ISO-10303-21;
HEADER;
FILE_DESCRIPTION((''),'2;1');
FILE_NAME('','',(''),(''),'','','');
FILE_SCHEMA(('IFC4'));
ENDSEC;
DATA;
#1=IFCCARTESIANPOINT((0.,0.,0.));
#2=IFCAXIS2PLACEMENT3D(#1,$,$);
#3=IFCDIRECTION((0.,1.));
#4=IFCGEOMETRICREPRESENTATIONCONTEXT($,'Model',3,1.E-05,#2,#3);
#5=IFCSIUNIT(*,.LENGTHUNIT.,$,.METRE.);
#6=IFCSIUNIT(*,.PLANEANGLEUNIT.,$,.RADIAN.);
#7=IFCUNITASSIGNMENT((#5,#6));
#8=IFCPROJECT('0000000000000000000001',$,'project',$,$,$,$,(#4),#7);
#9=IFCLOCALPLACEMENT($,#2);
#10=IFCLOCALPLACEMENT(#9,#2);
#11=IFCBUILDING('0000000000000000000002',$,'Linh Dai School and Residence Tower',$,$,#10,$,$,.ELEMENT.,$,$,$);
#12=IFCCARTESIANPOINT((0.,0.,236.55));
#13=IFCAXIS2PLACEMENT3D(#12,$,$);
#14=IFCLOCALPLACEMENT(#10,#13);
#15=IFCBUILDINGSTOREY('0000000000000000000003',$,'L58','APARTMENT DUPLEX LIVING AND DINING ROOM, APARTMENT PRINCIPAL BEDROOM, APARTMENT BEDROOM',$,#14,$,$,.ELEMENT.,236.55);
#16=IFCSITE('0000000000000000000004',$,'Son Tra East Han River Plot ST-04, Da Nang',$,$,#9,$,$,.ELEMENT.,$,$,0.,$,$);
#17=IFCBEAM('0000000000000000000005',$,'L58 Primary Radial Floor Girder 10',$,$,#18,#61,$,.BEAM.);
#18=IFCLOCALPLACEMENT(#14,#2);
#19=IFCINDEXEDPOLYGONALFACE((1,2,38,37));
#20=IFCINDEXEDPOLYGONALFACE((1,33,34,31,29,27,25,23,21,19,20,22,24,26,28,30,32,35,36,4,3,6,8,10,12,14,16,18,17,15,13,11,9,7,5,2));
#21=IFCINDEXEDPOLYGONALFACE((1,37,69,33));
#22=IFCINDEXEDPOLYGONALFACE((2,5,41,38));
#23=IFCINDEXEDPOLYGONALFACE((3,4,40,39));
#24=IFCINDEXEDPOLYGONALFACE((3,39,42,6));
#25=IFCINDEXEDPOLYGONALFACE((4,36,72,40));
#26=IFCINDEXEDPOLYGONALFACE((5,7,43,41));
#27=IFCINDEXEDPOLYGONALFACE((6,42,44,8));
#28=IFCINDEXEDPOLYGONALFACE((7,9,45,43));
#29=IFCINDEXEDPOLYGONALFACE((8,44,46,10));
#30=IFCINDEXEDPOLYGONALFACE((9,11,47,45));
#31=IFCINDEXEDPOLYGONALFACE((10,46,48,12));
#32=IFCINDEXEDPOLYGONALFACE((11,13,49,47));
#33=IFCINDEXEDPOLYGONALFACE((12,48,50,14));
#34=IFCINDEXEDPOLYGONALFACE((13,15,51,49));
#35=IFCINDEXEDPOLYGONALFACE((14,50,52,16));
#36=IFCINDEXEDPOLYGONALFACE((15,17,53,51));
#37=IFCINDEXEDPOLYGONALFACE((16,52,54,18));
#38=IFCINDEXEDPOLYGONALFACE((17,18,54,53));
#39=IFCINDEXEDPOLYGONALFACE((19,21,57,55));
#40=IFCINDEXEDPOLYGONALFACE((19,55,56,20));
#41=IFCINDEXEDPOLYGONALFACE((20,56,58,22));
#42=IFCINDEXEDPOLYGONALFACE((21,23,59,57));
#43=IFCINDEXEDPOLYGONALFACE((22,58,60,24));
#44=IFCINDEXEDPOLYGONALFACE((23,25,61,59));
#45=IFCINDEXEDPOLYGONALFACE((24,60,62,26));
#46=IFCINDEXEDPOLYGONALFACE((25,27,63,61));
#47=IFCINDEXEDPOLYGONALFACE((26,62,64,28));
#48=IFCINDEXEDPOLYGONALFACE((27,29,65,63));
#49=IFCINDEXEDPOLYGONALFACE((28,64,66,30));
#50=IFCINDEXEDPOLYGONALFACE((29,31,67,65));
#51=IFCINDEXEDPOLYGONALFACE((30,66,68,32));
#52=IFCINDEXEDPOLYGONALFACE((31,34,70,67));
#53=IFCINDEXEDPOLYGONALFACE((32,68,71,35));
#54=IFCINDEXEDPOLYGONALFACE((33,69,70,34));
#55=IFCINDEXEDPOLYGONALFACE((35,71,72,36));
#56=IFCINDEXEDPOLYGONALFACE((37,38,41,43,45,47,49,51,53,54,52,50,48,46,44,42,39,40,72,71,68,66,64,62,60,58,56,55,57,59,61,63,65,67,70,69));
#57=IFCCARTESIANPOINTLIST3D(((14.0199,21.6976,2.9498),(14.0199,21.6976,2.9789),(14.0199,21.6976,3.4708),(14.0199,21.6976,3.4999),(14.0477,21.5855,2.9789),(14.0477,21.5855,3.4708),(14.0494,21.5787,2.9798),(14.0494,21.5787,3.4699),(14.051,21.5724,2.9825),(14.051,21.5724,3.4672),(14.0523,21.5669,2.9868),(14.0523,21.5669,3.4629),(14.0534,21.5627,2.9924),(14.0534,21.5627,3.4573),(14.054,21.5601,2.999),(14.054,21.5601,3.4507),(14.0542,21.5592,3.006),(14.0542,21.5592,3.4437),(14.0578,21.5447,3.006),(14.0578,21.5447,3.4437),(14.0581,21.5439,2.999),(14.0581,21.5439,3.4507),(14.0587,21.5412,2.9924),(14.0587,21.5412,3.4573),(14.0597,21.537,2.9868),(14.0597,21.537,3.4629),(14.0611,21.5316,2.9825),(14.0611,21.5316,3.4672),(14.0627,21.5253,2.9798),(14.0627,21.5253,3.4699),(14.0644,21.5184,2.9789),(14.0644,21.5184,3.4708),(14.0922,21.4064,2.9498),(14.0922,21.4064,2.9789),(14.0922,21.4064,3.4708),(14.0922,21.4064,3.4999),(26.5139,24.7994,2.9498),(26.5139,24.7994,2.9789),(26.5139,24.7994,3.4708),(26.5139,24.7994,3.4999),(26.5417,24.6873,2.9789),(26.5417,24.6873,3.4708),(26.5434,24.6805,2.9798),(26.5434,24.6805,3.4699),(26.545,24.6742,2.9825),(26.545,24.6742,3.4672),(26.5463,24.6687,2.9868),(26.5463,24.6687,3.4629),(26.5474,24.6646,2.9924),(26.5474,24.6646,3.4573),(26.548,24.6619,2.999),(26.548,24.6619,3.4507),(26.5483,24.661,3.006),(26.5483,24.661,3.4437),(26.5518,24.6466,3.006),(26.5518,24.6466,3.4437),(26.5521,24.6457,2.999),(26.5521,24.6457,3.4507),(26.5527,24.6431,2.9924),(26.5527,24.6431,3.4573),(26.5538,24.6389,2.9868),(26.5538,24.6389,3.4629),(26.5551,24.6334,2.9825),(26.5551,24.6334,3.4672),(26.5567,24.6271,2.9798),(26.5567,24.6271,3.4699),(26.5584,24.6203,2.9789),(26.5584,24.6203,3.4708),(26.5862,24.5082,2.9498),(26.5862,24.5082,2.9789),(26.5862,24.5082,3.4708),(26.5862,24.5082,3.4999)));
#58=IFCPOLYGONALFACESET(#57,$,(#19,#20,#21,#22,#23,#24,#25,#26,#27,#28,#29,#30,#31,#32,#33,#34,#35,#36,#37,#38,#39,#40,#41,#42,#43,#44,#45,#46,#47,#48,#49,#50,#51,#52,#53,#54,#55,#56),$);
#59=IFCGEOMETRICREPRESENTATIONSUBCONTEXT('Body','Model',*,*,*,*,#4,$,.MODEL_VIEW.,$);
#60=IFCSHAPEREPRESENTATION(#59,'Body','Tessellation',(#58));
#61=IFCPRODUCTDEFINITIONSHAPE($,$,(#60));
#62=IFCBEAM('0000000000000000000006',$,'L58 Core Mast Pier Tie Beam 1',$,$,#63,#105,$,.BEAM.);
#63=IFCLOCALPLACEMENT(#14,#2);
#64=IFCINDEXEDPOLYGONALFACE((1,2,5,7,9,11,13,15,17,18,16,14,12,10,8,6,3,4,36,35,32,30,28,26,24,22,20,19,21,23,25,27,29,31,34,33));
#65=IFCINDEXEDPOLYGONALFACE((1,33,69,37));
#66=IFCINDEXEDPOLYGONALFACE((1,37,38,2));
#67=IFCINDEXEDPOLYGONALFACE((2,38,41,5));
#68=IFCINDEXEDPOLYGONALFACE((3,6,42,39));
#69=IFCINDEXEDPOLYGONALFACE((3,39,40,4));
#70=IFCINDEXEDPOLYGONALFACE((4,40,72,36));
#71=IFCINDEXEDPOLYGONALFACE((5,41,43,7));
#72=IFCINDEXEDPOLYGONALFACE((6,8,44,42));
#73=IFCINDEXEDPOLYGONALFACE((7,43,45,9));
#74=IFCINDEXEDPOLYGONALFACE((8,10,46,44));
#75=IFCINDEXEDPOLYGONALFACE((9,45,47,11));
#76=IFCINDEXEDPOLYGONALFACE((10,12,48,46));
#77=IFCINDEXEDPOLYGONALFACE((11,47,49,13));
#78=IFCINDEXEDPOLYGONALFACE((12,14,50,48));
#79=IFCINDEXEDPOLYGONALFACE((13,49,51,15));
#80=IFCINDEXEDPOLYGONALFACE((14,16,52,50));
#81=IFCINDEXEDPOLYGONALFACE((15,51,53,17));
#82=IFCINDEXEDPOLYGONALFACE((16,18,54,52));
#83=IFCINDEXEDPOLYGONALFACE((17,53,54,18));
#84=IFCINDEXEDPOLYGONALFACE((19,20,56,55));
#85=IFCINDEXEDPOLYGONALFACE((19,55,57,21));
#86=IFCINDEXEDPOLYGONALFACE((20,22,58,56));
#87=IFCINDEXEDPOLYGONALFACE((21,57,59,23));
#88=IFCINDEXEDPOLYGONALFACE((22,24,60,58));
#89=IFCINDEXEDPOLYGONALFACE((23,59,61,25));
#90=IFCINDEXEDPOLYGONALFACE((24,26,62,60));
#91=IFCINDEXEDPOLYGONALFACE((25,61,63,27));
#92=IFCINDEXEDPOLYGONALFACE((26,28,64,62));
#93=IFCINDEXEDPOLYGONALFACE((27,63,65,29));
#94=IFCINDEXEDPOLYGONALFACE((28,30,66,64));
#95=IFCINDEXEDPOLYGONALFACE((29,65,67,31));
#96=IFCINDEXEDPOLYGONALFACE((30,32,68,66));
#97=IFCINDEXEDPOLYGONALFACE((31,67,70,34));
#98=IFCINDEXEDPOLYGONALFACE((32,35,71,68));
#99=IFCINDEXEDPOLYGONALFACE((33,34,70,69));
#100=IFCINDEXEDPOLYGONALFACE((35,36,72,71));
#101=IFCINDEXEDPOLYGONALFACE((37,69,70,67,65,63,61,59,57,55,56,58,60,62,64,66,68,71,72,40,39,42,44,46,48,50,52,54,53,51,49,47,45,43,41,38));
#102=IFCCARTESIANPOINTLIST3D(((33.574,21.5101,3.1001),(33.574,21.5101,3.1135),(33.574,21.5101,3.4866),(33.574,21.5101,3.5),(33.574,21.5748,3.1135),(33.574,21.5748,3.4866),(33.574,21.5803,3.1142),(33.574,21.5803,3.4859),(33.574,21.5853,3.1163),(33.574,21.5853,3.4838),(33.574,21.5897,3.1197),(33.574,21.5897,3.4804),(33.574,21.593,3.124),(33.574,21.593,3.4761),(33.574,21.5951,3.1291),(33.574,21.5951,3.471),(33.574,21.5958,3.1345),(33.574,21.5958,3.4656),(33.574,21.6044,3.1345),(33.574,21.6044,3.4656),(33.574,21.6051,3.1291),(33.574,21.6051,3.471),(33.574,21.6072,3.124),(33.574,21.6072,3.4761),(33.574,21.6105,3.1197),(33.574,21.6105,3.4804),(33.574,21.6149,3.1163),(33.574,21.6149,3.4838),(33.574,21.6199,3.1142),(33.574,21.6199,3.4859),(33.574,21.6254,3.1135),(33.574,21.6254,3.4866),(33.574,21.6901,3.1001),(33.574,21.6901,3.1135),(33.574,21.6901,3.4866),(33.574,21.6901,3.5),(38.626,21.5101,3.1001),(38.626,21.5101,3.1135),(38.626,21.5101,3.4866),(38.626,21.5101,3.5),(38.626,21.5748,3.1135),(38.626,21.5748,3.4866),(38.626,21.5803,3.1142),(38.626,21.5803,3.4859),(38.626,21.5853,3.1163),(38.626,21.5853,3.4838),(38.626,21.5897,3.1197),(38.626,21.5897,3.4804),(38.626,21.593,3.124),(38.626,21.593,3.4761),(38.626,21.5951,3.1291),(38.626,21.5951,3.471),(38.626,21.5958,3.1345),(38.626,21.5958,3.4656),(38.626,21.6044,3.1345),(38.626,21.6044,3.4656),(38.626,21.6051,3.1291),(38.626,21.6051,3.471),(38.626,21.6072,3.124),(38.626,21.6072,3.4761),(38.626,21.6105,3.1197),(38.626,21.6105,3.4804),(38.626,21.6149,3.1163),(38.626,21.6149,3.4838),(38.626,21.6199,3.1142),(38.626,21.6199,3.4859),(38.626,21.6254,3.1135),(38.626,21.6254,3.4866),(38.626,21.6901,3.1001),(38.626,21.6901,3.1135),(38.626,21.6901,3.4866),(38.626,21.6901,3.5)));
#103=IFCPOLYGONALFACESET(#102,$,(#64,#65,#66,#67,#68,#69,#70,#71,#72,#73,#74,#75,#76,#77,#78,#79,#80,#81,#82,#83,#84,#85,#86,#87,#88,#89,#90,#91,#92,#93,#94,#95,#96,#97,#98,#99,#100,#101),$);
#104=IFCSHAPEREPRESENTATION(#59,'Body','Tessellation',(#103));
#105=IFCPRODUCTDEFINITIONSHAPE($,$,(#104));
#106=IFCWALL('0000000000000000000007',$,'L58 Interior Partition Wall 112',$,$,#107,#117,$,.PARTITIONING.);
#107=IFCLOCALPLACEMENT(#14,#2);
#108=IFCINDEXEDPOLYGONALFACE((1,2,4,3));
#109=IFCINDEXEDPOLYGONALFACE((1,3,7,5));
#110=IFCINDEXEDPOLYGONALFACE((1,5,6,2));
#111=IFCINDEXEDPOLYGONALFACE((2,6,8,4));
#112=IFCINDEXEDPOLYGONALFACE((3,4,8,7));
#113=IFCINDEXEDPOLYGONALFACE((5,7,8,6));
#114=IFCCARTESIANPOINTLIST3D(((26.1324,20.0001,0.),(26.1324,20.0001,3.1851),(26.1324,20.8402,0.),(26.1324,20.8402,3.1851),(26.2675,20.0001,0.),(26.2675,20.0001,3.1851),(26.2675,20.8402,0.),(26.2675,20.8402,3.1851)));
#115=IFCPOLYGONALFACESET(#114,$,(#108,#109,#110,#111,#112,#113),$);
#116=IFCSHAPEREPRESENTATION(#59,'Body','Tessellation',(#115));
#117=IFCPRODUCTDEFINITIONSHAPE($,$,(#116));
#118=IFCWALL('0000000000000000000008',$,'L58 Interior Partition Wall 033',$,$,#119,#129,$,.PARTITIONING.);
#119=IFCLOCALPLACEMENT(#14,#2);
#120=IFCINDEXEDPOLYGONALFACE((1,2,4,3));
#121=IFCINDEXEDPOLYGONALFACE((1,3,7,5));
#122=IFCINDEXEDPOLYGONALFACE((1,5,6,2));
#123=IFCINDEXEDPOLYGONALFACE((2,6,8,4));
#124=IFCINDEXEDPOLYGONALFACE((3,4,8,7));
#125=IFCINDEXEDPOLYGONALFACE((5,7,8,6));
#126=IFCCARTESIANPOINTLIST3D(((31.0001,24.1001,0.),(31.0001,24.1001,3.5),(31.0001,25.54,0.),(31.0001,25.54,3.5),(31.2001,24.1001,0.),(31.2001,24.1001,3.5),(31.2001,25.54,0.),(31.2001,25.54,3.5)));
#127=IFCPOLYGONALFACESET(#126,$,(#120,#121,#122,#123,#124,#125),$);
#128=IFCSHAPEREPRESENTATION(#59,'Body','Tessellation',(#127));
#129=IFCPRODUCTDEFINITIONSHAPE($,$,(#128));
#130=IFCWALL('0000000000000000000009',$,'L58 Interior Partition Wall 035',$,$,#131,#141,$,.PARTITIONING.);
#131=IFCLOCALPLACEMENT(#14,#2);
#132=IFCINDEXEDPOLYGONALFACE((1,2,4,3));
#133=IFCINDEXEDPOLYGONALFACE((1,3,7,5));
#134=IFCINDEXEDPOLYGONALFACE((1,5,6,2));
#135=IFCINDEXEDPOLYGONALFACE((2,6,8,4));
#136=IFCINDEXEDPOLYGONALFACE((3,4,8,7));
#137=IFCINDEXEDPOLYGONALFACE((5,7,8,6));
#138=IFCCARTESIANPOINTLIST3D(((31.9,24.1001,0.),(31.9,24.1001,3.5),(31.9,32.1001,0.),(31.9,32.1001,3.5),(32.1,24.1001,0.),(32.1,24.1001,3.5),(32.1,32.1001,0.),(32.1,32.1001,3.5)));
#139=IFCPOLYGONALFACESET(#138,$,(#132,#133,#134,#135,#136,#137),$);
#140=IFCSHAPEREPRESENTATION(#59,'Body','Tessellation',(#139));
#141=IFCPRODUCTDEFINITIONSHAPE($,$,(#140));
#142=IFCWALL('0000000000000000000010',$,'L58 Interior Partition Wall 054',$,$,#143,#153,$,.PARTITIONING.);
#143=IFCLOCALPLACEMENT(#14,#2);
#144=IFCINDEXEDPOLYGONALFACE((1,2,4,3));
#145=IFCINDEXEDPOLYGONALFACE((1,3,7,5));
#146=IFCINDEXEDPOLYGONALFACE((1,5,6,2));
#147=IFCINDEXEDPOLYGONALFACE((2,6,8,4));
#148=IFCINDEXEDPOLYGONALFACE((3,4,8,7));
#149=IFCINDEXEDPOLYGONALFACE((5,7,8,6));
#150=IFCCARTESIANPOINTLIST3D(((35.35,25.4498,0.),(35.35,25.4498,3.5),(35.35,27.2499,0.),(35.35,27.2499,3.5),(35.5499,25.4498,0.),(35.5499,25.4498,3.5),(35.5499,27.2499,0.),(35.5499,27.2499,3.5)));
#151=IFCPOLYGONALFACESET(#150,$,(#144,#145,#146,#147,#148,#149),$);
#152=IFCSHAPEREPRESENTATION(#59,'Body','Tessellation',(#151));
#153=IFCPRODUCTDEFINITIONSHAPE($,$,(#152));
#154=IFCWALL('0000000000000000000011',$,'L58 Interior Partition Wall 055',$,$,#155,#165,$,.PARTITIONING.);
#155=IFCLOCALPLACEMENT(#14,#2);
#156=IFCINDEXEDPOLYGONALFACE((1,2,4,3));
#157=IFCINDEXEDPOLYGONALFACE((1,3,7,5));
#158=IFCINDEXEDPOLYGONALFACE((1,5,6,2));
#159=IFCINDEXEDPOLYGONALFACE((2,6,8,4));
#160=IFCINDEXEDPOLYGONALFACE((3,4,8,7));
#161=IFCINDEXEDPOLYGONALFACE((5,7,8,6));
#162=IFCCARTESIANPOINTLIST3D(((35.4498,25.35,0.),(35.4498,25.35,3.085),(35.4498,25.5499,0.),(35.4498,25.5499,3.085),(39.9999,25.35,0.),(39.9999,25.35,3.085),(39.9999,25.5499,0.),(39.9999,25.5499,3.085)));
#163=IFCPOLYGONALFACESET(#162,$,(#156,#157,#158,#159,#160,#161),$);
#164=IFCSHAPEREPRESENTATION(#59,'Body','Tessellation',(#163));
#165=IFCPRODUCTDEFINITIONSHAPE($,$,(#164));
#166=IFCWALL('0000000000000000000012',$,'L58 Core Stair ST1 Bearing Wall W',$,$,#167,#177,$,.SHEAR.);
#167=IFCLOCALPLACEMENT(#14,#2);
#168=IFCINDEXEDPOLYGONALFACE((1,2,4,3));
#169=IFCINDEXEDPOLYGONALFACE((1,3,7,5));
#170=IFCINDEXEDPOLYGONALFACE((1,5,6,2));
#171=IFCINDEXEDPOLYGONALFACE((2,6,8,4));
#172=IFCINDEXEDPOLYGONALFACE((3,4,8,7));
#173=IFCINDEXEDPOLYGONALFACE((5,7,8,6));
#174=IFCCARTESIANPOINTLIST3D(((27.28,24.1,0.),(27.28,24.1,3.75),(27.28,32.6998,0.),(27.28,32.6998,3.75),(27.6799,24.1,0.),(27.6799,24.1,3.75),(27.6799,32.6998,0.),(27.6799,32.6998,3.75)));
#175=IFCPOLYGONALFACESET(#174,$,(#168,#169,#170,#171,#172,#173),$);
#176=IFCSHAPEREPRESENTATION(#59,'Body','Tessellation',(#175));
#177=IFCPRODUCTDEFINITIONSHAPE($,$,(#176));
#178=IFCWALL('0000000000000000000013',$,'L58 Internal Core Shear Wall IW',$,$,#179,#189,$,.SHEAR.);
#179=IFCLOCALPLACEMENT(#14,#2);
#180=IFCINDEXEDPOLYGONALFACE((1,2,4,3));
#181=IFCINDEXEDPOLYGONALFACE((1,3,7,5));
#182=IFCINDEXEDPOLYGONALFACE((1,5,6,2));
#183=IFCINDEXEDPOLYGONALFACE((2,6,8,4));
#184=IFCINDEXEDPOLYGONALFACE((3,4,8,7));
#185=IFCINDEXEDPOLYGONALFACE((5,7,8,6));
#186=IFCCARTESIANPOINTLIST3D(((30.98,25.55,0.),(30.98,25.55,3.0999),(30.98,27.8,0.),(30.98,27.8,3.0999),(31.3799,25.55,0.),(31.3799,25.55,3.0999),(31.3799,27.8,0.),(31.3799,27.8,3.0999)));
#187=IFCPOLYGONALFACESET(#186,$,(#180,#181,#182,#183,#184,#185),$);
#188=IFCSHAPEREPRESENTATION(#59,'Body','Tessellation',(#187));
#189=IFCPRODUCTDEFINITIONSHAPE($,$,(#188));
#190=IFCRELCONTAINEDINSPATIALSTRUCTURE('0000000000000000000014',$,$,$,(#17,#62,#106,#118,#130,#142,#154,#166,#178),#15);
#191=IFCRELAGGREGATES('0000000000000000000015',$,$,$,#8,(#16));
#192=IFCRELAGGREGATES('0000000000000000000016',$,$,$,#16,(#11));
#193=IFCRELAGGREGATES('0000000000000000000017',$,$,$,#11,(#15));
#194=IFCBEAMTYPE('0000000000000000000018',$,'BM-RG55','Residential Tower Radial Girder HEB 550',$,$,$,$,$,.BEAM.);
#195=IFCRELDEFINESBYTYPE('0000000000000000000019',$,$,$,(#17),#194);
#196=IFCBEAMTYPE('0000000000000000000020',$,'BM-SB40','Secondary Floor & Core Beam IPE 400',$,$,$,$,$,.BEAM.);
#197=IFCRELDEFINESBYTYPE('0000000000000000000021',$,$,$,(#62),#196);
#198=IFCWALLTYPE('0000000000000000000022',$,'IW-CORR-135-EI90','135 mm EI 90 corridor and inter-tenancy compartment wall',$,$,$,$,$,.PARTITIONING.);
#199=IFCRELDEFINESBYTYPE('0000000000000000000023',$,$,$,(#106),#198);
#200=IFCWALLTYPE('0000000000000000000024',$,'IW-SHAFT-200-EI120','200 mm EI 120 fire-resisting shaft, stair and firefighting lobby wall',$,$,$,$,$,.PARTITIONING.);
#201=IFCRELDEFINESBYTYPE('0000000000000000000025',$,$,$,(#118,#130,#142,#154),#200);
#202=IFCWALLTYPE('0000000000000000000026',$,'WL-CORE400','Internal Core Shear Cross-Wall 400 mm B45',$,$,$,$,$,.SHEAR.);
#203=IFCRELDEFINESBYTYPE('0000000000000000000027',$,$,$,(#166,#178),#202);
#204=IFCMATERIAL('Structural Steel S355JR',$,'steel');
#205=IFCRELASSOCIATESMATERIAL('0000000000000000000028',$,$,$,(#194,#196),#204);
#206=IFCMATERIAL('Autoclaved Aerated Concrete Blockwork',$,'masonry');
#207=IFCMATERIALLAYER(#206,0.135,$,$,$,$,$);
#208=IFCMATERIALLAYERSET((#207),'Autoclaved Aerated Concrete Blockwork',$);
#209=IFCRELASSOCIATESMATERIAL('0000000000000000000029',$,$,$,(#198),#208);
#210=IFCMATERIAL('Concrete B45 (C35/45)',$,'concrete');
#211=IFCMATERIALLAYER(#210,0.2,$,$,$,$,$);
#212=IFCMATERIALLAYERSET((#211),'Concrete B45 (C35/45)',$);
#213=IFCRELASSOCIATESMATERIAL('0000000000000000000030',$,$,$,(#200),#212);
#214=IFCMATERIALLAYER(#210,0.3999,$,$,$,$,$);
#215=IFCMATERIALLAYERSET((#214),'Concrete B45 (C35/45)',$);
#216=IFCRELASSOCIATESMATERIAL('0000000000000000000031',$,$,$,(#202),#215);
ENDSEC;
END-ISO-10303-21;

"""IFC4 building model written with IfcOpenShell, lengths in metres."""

from ifc_helpers import new_model, si_unit, direction, frame, frame_2d, origin, origin_2d, place, context, subcontext, project, spatial, rectangle, i_section, extrude, material, layer, layer_set, material_profile, profile_set, type_object, element, save


model = new_model("IFC4")

# Units and contexts
model_context = context("Model", 3, precision=1e-05, world=origin(), true_north=direction((0.0, 1.0)))
body_context = subcontext(model_context, "Body", "Model", "MODEL_VIEW")
ifc_project = project(units=[si_unit("LENGTHUNIT", "METRE"), si_unit("PLANEANGLEUNIT", "RADIAN")], contexts=[model_context])

# Site, building, storey
site_placement = place(None, origin())
site = spatial("IfcSite", under=ifc_project, at=site_placement, Name="Son Tra East Han River Plot ST-04, Da Nang", CompositionType="ELEMENT", RefElevation=0.0)
building_placement = place(site_placement, origin())
building = spatial("IfcBuilding", under=site, at=building_placement, Name="Linh Dai School and Residence Tower", CompositionType="ELEMENT")
storey_placement = place(building_placement, frame((0.0, 0.0, 236.55)))
storey = spatial("IfcBuildingStorey", under=building, at=storey_placement, Name="L58", Description="APARTMENT DUPLEX LIVING AND DINING ROOM, APARTMENT PRINCIPAL BEDROOM, APARTMENT BEDROOM", CompositionType="ELEMENT", Elevation=236.55)

# Shared definitions
ifc_material_1 = material(Name="Structural Steel S355JR", Category="steel")

# Beams
ifc_material_profile_1 = material_profile(ifc_material_1, i_section(OverallWidth=0.3, OverallDepth=0.55, WebThickness=0.0149, FlangeThickness=0.0291, FilletRadius=0.0271, at=origin_2d()), Name="HEB 550")
ifc_profile_set_1 = profile_set([ifc_material_profile_1], Name="Structural Steel S355JR")
beam_type_1 = type_object("IfcBeamType", Name="BM-RG55", Description="Residential Tower Radial Girder HEB 550", PredefinedType="BEAM", material=ifc_profile_set_1)
beam_1_placement = place(storey_placement, frame((26.55, 24.6538, 3.2249), z_axis=(-0.970537, -0.240951, 0.0), x_axis=(0.240951, -0.970537, 0.0)))
element("IfcBeam", 1, at=beam_1_placement, inside=storey, type_object=beam_type_1, Name="L58 Primary Radial Floor Girder 10", PredefinedType="BEAM", context=body_context, shape_type="SweptSolid", body=[
    extrude(i_section(OverallWidth=0.3, OverallDepth=0.55, WebThickness=0.0149, FlangeThickness=0.0291, FilletRadius=0.0271, at=origin_2d()), origin(), (0.0, 0.0, 1.0), 12.8733),
])
ifc_material_profile_2 = material_profile(ifc_material_1, i_section(OverallWidth=0.1799, OverallDepth=0.3999, WebThickness=0.0085, FlangeThickness=0.0134, FilletRadius=0.021, at=origin_2d()), Name="IPE 400")
ifc_profile_set_2 = profile_set([ifc_material_profile_2], Name="Structural Steel S355JR")
beam_type_2 = type_object("IfcBeamType", Name="BM-SB40", Description="Secondary Floor & Core Beam IPE 400", PredefinedType="BEAM", material=ifc_profile_set_2)
beam_2_placement = place(storey_placement, frame((33.574, 21.6001, 3.3), z_axis=(1.0, 0.0, 0.0), x_axis=(0.0, 1.0, 0.0)))
element("IfcBeam", 2, at=beam_2_placement, inside=storey, type_object=beam_type_2, Name="L58 Core Mast Pier Tie Beam 1", PredefinedType="BEAM", context=body_context, shape_type="SweptSolid", body=[
    extrude(i_section(OverallWidth=0.1799, OverallDepth=0.3999, WebThickness=0.0085, FlangeThickness=0.0134, FilletRadius=0.021, at=origin_2d()), origin(), (0.0, 0.0, 1.0), 5.052),
])

# Shared definitions
ifc_material_2 = material(Name="Autoclaved Aerated Concrete Blockwork", Category="masonry")
ifc_layer_1 = layer(ifc_material_2, 0.135)
ifc_layer_set_1 = layer_set([ifc_layer_1], Name="Autoclaved Aerated Concrete Blockwork")
wall_type_1 = type_object("IfcWallType", Name="IW-CORR-135-EI90", Description="135 mm EI 90 corridor and inter-tenancy compartment wall", PredefinedType="PARTITIONING", material=ifc_layer_set_1)

# Wall
wall_1_placement = place(storey_placement, frame((26.2, 20.8401, 0.0), z_axis=(0.0, 0.0, 1.0), x_axis=(0.0, -1.0, 0.0)))
element("IfcWall", 3, at=wall_1_placement, inside=storey, type_object=wall_type_1, Name="L58 Interior Partition Wall 112", PredefinedType="PARTITIONING", context=body_context, shape_type="SweptSolid", body=[
    extrude(rectangle(XDim=0.8401, YDim=0.135, at=frame_2d((0.4199, 0.0))), origin(), (0.0, 0.0, 1.0), 3.1851),
])

# Shared definitions
ifc_material_3 = material(Name="Concrete B45 (C35/45)", Category="concrete")
ifc_layer_2 = layer(ifc_material_3, 0.2)
ifc_layer_set_2 = layer_set([ifc_layer_2], Name="Concrete B45 (C35/45)")
wall_type_2 = type_object("IfcWallType", Name="IW-SHAFT-200-EI120", Description="200 mm EI 120 fire-resisting shaft, stair and firefighting lobby wall", PredefinedType="PARTITIONING", material=ifc_layer_set_2)

# Walls
wall_2_placement = place(storey_placement, frame((31.1001, 24.1001, 0.0), z_axis=(0.0, 0.0, 1.0), x_axis=(0.0, 1.0, 0.0)))
element("IfcWall", 4, at=wall_2_placement, inside=storey, type_object=wall_type_2, Name="L58 Interior Partition Wall 033", PredefinedType="PARTITIONING", context=body_context, shape_type="SweptSolid", body=[
    extrude(rectangle(XDim=1.4399, YDim=0.2, at=frame_2d((0.72, 0.0))), origin(), (0.0, 0.0, 1.0), 3.5),
])
wall_3_placement = place(storey_placement, frame((32.0, 24.1001, 0.0), z_axis=(0.0, 0.0, 1.0), x_axis=(0.0, 1.0, 0.0)))
element("IfcWall", 5, at=wall_3_placement, inside=storey, type_object=wall_type_2, Name="L58 Interior Partition Wall 035", PredefinedType="PARTITIONING", context=body_context, shape_type="SweptSolid", body=[
    extrude(rectangle(XDim=8.0, YDim=0.2, at=frame_2d((4.0, 0.0))), origin(), (0.0, 0.0, 1.0), 3.5),
])

# Walls
wall_4_placement = place(storey_placement, frame((35.45, 25.45, 0.0), z_axis=(0.0, 0.0, 1.0), x_axis=(0.0, 1.0, 0.0)))
element("IfcWall", 6, at=wall_4_placement, inside=storey, type_object=wall_type_2, Name="L58 Interior Partition Wall 054", PredefinedType="PARTITIONING", context=body_context, shape_type="SweptSolid", body=[
    extrude(rectangle(XDim=1.8, YDim=0.2, at=frame_2d((0.8999, 0.0))), origin(), (0.0, 0.0, 1.0), 3.5),
])
wall_5_placement = place(storey_placement, frame((35.45, 25.45, 0.0), z_axis=(0.0, 0.0, 1.0), x_axis=(1.0, 0.0, 0.0)))
element("IfcWall", 7, at=wall_5_placement, inside=storey, type_object=wall_type_2, Name="L58 Interior Partition Wall 055", PredefinedType="PARTITIONING", context=body_context, shape_type="SweptSolid", body=[
    extrude(rectangle(XDim=4.55, YDim=0.2, at=frame_2d((2.2749, 0.0))), origin(), (0.0, 0.0, 1.0), 3.085),
])
ifc_layer_3 = layer(ifc_material_3, 0.3999)
ifc_layer_set_3 = layer_set([ifc_layer_3], Name="Concrete B45 (C35/45)")
wall_type_3 = type_object("IfcWallType", Name="WL-CORE400", Description="Internal Core Shear Cross-Wall 400 mm B45", PredefinedType="SHEAR", material=ifc_layer_set_3)
wall_6_placement = place(storey_placement, frame((27.48, 24.1001, 0.0), z_axis=(0.0, 0.0, 1.0), x_axis=(0.0, 1.0, 0.0)))
element("IfcWall", 8, at=wall_6_placement, inside=storey, type_object=wall_type_3, Name="L58 Core Stair ST1 Bearing Wall W", PredefinedType="SHEAR", context=body_context, shape_type="SweptSolid", body=[
    extrude(rectangle(XDim=8.5999, YDim=0.3999, at=frame_2d((4.2998, 0.0))), origin(), (0.0, 0.0, 1.0), 3.75),
])
wall_7_placement = place(storey_placement, frame((31.1799, 25.55, 0.0), z_axis=(0.0, 0.0, 1.0), x_axis=(0.0, 1.0, 0.0)))
element("IfcWall", 9, at=wall_7_placement, inside=storey, type_object=wall_type_3, Name="L58 Internal Core Shear Wall IW", PredefinedType="SHEAR", context=body_context, shape_type="SweptSolid", body=[
    extrude(rectangle(XDim=2.25, YDim=0.3999, at=frame_2d((1.125, 0.0))), origin(), (0.0, 0.0, 1.0), 3.0999),
])

save(model, "model.ifc")
